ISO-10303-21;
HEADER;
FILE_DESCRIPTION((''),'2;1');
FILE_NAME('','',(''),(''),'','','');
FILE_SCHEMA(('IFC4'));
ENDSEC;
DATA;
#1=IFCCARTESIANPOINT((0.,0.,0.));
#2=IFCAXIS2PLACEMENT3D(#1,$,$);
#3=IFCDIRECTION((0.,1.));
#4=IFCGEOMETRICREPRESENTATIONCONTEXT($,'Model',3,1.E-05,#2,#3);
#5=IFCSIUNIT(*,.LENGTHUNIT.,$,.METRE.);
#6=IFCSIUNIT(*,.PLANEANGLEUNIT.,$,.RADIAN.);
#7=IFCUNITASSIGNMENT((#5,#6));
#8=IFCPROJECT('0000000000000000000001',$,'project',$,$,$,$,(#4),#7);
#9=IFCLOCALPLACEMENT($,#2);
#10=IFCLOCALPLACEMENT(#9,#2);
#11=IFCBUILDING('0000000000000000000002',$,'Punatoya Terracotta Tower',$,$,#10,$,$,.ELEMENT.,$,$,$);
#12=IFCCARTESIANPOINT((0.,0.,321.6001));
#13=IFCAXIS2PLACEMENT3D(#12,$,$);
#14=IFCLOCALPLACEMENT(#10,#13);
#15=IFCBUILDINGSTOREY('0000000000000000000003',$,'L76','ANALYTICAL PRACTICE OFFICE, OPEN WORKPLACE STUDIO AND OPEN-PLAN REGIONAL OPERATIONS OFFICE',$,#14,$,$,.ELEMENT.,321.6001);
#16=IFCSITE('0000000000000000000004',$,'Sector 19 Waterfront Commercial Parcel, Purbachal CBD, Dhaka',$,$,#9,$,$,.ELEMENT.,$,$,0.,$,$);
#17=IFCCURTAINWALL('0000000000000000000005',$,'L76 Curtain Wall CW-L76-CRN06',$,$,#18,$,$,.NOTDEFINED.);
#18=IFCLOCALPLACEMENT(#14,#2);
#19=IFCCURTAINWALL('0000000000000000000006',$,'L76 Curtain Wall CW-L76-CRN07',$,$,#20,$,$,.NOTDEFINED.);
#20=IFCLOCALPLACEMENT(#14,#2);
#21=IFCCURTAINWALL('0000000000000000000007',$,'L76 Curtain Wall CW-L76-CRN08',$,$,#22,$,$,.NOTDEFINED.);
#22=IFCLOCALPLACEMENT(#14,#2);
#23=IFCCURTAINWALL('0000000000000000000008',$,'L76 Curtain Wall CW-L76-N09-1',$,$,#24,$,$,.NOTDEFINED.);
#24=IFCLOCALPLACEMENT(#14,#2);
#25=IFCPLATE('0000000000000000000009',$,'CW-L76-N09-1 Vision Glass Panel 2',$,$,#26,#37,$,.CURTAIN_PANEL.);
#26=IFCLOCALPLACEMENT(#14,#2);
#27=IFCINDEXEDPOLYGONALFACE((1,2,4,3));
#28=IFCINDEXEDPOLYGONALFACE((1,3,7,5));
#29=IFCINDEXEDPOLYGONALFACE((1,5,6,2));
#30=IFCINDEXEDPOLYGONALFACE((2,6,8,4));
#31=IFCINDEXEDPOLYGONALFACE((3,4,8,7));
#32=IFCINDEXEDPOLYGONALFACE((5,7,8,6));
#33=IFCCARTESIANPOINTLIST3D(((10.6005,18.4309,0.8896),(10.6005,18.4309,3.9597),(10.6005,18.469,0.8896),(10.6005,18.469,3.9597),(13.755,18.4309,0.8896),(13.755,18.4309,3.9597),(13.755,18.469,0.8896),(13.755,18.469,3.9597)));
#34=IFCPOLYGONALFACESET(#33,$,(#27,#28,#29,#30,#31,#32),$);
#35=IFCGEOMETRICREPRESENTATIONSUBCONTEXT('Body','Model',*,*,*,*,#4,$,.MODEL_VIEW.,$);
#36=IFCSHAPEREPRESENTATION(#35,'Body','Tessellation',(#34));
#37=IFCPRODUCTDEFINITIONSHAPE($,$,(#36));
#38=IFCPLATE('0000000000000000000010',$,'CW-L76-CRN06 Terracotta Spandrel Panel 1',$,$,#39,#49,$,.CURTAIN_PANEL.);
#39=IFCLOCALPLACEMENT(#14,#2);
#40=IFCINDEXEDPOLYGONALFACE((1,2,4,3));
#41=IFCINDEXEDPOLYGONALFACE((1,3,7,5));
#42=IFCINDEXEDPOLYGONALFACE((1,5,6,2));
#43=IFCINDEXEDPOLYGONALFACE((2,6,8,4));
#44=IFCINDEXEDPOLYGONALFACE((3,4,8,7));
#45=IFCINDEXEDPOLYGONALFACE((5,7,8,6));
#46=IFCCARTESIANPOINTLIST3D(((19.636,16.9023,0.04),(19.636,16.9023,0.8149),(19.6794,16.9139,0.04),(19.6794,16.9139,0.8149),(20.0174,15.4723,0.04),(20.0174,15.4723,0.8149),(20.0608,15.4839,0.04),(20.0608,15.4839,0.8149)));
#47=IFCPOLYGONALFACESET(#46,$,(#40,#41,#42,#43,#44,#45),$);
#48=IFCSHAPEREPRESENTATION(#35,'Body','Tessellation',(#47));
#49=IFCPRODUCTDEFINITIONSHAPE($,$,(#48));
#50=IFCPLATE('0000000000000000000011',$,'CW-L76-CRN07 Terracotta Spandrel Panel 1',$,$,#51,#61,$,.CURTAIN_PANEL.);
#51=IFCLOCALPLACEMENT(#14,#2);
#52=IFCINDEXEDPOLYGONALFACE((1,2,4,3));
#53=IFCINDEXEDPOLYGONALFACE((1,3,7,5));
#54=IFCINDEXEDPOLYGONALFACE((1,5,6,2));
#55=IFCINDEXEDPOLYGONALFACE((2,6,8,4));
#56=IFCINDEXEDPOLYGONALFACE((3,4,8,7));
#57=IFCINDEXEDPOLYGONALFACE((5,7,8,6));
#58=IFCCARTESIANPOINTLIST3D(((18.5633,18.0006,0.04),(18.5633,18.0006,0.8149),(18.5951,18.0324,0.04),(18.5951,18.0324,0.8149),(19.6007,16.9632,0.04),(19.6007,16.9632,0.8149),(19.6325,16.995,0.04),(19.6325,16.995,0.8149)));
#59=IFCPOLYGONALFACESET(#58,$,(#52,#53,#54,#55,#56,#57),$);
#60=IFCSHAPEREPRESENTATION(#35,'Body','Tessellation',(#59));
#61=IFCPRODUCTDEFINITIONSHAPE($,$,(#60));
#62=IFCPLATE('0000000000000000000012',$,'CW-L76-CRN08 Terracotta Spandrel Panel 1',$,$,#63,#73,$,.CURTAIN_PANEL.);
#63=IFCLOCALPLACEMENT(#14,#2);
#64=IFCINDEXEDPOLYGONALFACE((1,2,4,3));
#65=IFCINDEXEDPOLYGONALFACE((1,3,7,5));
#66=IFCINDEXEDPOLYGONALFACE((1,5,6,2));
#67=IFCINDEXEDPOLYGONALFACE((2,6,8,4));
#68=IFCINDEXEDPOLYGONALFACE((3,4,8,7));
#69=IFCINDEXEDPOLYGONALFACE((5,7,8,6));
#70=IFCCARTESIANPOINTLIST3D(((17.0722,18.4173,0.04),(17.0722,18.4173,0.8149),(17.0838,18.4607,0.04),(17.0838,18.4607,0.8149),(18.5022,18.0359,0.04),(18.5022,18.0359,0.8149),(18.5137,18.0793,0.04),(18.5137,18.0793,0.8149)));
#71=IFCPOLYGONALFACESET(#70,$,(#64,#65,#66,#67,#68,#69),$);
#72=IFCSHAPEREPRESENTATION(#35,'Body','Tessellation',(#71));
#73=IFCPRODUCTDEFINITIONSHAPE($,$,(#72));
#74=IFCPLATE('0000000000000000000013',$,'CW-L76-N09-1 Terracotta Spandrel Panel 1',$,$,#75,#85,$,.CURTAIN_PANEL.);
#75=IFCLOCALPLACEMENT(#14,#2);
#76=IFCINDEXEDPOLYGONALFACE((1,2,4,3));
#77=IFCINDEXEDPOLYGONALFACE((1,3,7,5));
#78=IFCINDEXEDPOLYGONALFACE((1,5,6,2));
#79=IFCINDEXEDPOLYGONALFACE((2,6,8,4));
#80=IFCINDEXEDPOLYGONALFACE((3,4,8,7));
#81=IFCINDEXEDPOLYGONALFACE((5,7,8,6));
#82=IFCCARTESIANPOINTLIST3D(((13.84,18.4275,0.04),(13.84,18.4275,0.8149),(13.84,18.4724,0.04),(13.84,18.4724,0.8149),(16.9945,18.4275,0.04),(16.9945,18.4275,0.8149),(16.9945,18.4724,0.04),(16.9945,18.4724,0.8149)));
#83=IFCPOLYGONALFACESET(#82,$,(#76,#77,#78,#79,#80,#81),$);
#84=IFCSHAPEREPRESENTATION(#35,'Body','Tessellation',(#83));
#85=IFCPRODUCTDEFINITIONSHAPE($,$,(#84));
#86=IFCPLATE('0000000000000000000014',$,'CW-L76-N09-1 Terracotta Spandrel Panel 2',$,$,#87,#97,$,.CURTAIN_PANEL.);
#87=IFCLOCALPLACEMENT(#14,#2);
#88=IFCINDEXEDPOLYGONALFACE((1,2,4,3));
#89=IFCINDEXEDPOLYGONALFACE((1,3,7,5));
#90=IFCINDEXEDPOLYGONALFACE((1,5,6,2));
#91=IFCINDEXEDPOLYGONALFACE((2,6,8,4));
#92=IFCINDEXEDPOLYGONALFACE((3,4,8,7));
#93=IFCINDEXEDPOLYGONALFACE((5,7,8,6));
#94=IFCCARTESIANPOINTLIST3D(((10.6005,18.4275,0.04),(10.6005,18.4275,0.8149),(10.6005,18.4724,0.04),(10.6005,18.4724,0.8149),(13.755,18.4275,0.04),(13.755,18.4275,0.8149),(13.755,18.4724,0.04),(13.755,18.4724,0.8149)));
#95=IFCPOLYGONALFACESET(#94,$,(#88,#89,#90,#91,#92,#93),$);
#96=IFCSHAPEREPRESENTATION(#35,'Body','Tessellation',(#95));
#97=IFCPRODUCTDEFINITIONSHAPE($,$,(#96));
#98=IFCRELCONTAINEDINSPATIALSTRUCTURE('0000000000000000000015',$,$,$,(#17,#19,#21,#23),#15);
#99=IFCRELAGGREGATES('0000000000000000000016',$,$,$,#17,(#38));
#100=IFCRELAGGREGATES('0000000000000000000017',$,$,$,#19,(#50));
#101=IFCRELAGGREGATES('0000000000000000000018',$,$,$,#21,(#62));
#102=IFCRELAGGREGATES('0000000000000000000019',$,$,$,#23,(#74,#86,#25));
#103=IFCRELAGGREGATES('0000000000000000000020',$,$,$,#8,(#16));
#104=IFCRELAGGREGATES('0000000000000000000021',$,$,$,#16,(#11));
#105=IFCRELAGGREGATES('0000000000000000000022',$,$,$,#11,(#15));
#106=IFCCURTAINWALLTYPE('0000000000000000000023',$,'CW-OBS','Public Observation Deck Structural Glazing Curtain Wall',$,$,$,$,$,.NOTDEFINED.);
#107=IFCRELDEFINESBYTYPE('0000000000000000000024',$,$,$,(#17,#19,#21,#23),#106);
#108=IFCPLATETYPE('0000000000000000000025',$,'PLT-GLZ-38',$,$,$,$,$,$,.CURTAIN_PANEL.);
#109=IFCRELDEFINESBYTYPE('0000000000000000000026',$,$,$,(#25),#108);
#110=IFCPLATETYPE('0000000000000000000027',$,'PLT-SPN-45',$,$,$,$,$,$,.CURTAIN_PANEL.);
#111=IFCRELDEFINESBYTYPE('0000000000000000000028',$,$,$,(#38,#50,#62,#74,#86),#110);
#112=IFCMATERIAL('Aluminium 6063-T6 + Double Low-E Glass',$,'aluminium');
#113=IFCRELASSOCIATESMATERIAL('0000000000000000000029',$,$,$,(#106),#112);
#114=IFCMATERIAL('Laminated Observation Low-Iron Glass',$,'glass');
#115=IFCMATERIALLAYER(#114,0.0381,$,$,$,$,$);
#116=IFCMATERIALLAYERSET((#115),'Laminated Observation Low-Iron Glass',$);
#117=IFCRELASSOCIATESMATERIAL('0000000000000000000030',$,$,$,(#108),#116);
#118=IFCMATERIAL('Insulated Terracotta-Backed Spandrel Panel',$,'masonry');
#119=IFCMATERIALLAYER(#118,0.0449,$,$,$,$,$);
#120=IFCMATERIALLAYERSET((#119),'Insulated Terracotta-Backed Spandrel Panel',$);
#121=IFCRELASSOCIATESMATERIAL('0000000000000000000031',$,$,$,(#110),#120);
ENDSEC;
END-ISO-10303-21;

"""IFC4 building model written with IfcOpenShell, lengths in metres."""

from ifc_helpers import new_model, si_unit, direction, frame, origin, origin_2d, place, context, subcontext, project, spatial, rectangle, extrude, material, layer, layer_set, type_object, element, aggregate, save


model = new_model("IFC4")

# Units and contexts
model_context = context("Model", 3, precision=1e-05, world=origin(), true_north=direction((0.0, 1.0)))
body_context = subcontext(model_context, "Body", "Model", "MODEL_VIEW")
ifc_project = project(units=[si_unit("LENGTHUNIT", "METRE"), si_unit("PLANEANGLEUNIT", "RADIAN")], contexts=[model_context])

# Site, building, storey
site_placement = place(None, origin())
site = spatial("IfcSite", under=ifc_project, at=site_placement, Name="Sector 19 Waterfront Commercial Parcel, Purbachal CBD, Dhaka", CompositionType="ELEMENT", RefElevation=0.0)
building_placement = place(site_placement, origin())
building = spatial("IfcBuilding", under=site, at=building_placement, Name="Punatoya Terracotta Tower", CompositionType="ELEMENT")
storey_placement = place(building_placement, frame((0.0, 0.0, 321.6001)))
storey = spatial("IfcBuildingStorey", under=building, at=storey_placement, Name="L76", Description="ANALYTICAL PRACTICE OFFICE, OPEN WORKPLACE STUDIO AND OPEN-PLAN REGIONAL OPERATIONS OFFICE", CompositionType="ELEMENT", Elevation=321.6001)

# Curtain walls
ifc_material_1 = material(Name="Aluminium 6063-T6 + Double Low-E Glass", Category="aluminium")
curtain_wall_type = type_object("IfcCurtainWallType", Name="CW-OBS", Description="Public Observation Deck Structural Glazing Curtain Wall", PredefinedType="NOTDEFINED", material=ifc_material_1)
curtain_wall_1_placement = place(storey_placement, origin())
curtain_wall_1 = element("IfcCurtainWall", 1, at=curtain_wall_1_placement, inside=storey, type_object=curtain_wall_type, Name="L76 Curtain Wall CW-L76-CRN06", PredefinedType="NOTDEFINED")
curtain_wall_2_placement = place(storey_placement, origin())
curtain_wall_2 = element("IfcCurtainWall", 2, at=curtain_wall_2_placement, inside=storey, type_object=curtain_wall_type, Name="L76 Curtain Wall CW-L76-CRN07", PredefinedType="NOTDEFINED")
curtain_wall_3_placement = place(storey_placement, origin())
curtain_wall_3 = element("IfcCurtainWall", 3, at=curtain_wall_3_placement, inside=storey, type_object=curtain_wall_type, Name="L76 Curtain Wall CW-L76-CRN08", PredefinedType="NOTDEFINED")
curtain_wall_4_placement = place(storey_placement, origin())
curtain_wall_4 = element("IfcCurtainWall", 4, at=curtain_wall_4_placement, inside=storey, type_object=curtain_wall_type, Name="L76 Curtain Wall CW-L76-N09-1", PredefinedType="NOTDEFINED")

# Plates
ifc_material_2 = material(Name="Laminated Observation Low-Iron Glass", Category="glass")
ifc_layer_1 = layer(ifc_material_2, 0.0381)
ifc_layer_set_1 = layer_set([ifc_layer_1], Name="Laminated Observation Low-Iron Glass")
plate_type_1 = type_object("IfcPlateType", Name="PLT-GLZ-38", PredefinedType="CURTAIN_PANEL", material=ifc_layer_set_1)
plate_1_placement = place(storey_placement, frame((12.1777, 18.45, 0.8896), z_axis=(0.0, 0.0, 1.0), x_axis=(-1.0, 0.0, 0.0)))
plate_1 = element("IfcPlate", 5, at=plate_1_placement, type_object=plate_type_1, Name="CW-L76-N09-1 Vision Glass Panel 2", PredefinedType="CURTAIN_PANEL", context=body_context, shape_type="SweptSolid", body=[
    extrude(rectangle(XDim=3.1545, YDim=0.0381, at=origin_2d()), origin(), (0.0, 0.0, 1.0), 3.0701),
])
ifc_material_3 = material(Name="Insulated Terracotta-Backed Spandrel Panel", Category="masonry")
ifc_layer_2 = layer(ifc_material_3, 0.0449)
ifc_layer_set_2 = layer_set([ifc_layer_2], Name="Insulated Terracotta-Backed Spandrel Panel")
plate_type_2 = type_object("IfcPlateType", Name="PLT-SPN-45", PredefinedType="CURTAIN_PANEL", material=ifc_layer_set_2)
plate_2_placement = place(storey_placement, frame((19.8484, 16.1931, 0.04), z_axis=(0.0, 0.0, 1.0), x_axis=(-0.257742, 0.966214, 0.0)))
plate_2 = element("IfcPlate", 6, at=plate_2_placement, type_object=plate_type_2, Name="CW-L76-CRN06 Terracotta Spandrel Panel 1", PredefinedType="CURTAIN_PANEL", context=body_context, shape_type="SweptSolid", body=[
    extrude(rectangle(XDim=1.48, YDim=0.0449, at=origin_2d()), origin(), (0.0, 0.0, 1.0), 0.7749),
])
aggregate(curtain_wall_1, [plate_2])
plate_3_placement = place(storey_placement, frame((19.0979, 17.4978, 0.04), z_axis=(0.0, 0.0, 1.0), x_axis=(-0.707107, 0.707107, 0.0)))
plate_3 = element("IfcPlate", 7, at=plate_3_placement, type_object=plate_type_2, Name="CW-L76-CRN07 Terracotta Spandrel Panel 1", PredefinedType="CURTAIN_PANEL", context=body_context, shape_type="SweptSolid", body=[
    extrude(rectangle(XDim=1.467, YDim=0.0449, at=origin_2d()), origin(), (0.0, 0.0, 1.0), 0.7749),
])
aggregate(curtain_wall_2, [plate_3])
plate_4_placement = place(storey_placement, frame((17.793, 18.2483, 0.04), z_axis=(0.0, 0.0, 1.0), x_axis=(-0.966214, 0.257742, 0.0)))
plate_4 = element("IfcPlate", 8, at=plate_4_placement, type_object=plate_type_2, Name="CW-L76-CRN08 Terracotta Spandrel Panel 1", PredefinedType="CURTAIN_PANEL", context=body_context, shape_type="SweptSolid", body=[
    extrude(rectangle(XDim=1.48, YDim=0.0449, at=origin_2d()), origin(), (0.0, 0.0, 1.0), 0.7749),
])
aggregate(curtain_wall_3, [plate_4])
plate_5_placement = place(storey_placement, frame((15.4172, 18.45, 0.04), z_axis=(0.0, 0.0, 1.0), x_axis=(-1.0, 0.0, 0.0)))
plate_5 = element("IfcPlate", 9, at=plate_5_placement, type_object=plate_type_2, Name="CW-L76-N09-1 Terracotta Spandrel Panel 1", PredefinedType="CURTAIN_PANEL", context=body_context, shape_type="SweptSolid", body=[
    extrude(rectangle(XDim=3.1545, YDim=0.0449, at=origin_2d()), origin(), (0.0, 0.0, 1.0), 0.7749),
])
plate_6_placement = place(storey_placement, frame((12.1777, 18.45, 0.04), z_axis=(0.0, 0.0, 1.0), x_axis=(-1.0, 0.0, 0.0)))
plate_6 = element("IfcPlate", 10, at=plate_6_placement, type_object=plate_type_2, Name="CW-L76-N09-1 Terracotta Spandrel Panel 2", PredefinedType="CURTAIN_PANEL", context=body_context, shape_type="SweptSolid", body=[
    extrude(rectangle(XDim=3.1545, YDim=0.0449, at=origin_2d()), origin(), (0.0, 0.0, 1.0), 0.7749),
])
aggregate(curtain_wall_4, [plate_5, plate_6, plate_1])

save(model, "model.ifc")
